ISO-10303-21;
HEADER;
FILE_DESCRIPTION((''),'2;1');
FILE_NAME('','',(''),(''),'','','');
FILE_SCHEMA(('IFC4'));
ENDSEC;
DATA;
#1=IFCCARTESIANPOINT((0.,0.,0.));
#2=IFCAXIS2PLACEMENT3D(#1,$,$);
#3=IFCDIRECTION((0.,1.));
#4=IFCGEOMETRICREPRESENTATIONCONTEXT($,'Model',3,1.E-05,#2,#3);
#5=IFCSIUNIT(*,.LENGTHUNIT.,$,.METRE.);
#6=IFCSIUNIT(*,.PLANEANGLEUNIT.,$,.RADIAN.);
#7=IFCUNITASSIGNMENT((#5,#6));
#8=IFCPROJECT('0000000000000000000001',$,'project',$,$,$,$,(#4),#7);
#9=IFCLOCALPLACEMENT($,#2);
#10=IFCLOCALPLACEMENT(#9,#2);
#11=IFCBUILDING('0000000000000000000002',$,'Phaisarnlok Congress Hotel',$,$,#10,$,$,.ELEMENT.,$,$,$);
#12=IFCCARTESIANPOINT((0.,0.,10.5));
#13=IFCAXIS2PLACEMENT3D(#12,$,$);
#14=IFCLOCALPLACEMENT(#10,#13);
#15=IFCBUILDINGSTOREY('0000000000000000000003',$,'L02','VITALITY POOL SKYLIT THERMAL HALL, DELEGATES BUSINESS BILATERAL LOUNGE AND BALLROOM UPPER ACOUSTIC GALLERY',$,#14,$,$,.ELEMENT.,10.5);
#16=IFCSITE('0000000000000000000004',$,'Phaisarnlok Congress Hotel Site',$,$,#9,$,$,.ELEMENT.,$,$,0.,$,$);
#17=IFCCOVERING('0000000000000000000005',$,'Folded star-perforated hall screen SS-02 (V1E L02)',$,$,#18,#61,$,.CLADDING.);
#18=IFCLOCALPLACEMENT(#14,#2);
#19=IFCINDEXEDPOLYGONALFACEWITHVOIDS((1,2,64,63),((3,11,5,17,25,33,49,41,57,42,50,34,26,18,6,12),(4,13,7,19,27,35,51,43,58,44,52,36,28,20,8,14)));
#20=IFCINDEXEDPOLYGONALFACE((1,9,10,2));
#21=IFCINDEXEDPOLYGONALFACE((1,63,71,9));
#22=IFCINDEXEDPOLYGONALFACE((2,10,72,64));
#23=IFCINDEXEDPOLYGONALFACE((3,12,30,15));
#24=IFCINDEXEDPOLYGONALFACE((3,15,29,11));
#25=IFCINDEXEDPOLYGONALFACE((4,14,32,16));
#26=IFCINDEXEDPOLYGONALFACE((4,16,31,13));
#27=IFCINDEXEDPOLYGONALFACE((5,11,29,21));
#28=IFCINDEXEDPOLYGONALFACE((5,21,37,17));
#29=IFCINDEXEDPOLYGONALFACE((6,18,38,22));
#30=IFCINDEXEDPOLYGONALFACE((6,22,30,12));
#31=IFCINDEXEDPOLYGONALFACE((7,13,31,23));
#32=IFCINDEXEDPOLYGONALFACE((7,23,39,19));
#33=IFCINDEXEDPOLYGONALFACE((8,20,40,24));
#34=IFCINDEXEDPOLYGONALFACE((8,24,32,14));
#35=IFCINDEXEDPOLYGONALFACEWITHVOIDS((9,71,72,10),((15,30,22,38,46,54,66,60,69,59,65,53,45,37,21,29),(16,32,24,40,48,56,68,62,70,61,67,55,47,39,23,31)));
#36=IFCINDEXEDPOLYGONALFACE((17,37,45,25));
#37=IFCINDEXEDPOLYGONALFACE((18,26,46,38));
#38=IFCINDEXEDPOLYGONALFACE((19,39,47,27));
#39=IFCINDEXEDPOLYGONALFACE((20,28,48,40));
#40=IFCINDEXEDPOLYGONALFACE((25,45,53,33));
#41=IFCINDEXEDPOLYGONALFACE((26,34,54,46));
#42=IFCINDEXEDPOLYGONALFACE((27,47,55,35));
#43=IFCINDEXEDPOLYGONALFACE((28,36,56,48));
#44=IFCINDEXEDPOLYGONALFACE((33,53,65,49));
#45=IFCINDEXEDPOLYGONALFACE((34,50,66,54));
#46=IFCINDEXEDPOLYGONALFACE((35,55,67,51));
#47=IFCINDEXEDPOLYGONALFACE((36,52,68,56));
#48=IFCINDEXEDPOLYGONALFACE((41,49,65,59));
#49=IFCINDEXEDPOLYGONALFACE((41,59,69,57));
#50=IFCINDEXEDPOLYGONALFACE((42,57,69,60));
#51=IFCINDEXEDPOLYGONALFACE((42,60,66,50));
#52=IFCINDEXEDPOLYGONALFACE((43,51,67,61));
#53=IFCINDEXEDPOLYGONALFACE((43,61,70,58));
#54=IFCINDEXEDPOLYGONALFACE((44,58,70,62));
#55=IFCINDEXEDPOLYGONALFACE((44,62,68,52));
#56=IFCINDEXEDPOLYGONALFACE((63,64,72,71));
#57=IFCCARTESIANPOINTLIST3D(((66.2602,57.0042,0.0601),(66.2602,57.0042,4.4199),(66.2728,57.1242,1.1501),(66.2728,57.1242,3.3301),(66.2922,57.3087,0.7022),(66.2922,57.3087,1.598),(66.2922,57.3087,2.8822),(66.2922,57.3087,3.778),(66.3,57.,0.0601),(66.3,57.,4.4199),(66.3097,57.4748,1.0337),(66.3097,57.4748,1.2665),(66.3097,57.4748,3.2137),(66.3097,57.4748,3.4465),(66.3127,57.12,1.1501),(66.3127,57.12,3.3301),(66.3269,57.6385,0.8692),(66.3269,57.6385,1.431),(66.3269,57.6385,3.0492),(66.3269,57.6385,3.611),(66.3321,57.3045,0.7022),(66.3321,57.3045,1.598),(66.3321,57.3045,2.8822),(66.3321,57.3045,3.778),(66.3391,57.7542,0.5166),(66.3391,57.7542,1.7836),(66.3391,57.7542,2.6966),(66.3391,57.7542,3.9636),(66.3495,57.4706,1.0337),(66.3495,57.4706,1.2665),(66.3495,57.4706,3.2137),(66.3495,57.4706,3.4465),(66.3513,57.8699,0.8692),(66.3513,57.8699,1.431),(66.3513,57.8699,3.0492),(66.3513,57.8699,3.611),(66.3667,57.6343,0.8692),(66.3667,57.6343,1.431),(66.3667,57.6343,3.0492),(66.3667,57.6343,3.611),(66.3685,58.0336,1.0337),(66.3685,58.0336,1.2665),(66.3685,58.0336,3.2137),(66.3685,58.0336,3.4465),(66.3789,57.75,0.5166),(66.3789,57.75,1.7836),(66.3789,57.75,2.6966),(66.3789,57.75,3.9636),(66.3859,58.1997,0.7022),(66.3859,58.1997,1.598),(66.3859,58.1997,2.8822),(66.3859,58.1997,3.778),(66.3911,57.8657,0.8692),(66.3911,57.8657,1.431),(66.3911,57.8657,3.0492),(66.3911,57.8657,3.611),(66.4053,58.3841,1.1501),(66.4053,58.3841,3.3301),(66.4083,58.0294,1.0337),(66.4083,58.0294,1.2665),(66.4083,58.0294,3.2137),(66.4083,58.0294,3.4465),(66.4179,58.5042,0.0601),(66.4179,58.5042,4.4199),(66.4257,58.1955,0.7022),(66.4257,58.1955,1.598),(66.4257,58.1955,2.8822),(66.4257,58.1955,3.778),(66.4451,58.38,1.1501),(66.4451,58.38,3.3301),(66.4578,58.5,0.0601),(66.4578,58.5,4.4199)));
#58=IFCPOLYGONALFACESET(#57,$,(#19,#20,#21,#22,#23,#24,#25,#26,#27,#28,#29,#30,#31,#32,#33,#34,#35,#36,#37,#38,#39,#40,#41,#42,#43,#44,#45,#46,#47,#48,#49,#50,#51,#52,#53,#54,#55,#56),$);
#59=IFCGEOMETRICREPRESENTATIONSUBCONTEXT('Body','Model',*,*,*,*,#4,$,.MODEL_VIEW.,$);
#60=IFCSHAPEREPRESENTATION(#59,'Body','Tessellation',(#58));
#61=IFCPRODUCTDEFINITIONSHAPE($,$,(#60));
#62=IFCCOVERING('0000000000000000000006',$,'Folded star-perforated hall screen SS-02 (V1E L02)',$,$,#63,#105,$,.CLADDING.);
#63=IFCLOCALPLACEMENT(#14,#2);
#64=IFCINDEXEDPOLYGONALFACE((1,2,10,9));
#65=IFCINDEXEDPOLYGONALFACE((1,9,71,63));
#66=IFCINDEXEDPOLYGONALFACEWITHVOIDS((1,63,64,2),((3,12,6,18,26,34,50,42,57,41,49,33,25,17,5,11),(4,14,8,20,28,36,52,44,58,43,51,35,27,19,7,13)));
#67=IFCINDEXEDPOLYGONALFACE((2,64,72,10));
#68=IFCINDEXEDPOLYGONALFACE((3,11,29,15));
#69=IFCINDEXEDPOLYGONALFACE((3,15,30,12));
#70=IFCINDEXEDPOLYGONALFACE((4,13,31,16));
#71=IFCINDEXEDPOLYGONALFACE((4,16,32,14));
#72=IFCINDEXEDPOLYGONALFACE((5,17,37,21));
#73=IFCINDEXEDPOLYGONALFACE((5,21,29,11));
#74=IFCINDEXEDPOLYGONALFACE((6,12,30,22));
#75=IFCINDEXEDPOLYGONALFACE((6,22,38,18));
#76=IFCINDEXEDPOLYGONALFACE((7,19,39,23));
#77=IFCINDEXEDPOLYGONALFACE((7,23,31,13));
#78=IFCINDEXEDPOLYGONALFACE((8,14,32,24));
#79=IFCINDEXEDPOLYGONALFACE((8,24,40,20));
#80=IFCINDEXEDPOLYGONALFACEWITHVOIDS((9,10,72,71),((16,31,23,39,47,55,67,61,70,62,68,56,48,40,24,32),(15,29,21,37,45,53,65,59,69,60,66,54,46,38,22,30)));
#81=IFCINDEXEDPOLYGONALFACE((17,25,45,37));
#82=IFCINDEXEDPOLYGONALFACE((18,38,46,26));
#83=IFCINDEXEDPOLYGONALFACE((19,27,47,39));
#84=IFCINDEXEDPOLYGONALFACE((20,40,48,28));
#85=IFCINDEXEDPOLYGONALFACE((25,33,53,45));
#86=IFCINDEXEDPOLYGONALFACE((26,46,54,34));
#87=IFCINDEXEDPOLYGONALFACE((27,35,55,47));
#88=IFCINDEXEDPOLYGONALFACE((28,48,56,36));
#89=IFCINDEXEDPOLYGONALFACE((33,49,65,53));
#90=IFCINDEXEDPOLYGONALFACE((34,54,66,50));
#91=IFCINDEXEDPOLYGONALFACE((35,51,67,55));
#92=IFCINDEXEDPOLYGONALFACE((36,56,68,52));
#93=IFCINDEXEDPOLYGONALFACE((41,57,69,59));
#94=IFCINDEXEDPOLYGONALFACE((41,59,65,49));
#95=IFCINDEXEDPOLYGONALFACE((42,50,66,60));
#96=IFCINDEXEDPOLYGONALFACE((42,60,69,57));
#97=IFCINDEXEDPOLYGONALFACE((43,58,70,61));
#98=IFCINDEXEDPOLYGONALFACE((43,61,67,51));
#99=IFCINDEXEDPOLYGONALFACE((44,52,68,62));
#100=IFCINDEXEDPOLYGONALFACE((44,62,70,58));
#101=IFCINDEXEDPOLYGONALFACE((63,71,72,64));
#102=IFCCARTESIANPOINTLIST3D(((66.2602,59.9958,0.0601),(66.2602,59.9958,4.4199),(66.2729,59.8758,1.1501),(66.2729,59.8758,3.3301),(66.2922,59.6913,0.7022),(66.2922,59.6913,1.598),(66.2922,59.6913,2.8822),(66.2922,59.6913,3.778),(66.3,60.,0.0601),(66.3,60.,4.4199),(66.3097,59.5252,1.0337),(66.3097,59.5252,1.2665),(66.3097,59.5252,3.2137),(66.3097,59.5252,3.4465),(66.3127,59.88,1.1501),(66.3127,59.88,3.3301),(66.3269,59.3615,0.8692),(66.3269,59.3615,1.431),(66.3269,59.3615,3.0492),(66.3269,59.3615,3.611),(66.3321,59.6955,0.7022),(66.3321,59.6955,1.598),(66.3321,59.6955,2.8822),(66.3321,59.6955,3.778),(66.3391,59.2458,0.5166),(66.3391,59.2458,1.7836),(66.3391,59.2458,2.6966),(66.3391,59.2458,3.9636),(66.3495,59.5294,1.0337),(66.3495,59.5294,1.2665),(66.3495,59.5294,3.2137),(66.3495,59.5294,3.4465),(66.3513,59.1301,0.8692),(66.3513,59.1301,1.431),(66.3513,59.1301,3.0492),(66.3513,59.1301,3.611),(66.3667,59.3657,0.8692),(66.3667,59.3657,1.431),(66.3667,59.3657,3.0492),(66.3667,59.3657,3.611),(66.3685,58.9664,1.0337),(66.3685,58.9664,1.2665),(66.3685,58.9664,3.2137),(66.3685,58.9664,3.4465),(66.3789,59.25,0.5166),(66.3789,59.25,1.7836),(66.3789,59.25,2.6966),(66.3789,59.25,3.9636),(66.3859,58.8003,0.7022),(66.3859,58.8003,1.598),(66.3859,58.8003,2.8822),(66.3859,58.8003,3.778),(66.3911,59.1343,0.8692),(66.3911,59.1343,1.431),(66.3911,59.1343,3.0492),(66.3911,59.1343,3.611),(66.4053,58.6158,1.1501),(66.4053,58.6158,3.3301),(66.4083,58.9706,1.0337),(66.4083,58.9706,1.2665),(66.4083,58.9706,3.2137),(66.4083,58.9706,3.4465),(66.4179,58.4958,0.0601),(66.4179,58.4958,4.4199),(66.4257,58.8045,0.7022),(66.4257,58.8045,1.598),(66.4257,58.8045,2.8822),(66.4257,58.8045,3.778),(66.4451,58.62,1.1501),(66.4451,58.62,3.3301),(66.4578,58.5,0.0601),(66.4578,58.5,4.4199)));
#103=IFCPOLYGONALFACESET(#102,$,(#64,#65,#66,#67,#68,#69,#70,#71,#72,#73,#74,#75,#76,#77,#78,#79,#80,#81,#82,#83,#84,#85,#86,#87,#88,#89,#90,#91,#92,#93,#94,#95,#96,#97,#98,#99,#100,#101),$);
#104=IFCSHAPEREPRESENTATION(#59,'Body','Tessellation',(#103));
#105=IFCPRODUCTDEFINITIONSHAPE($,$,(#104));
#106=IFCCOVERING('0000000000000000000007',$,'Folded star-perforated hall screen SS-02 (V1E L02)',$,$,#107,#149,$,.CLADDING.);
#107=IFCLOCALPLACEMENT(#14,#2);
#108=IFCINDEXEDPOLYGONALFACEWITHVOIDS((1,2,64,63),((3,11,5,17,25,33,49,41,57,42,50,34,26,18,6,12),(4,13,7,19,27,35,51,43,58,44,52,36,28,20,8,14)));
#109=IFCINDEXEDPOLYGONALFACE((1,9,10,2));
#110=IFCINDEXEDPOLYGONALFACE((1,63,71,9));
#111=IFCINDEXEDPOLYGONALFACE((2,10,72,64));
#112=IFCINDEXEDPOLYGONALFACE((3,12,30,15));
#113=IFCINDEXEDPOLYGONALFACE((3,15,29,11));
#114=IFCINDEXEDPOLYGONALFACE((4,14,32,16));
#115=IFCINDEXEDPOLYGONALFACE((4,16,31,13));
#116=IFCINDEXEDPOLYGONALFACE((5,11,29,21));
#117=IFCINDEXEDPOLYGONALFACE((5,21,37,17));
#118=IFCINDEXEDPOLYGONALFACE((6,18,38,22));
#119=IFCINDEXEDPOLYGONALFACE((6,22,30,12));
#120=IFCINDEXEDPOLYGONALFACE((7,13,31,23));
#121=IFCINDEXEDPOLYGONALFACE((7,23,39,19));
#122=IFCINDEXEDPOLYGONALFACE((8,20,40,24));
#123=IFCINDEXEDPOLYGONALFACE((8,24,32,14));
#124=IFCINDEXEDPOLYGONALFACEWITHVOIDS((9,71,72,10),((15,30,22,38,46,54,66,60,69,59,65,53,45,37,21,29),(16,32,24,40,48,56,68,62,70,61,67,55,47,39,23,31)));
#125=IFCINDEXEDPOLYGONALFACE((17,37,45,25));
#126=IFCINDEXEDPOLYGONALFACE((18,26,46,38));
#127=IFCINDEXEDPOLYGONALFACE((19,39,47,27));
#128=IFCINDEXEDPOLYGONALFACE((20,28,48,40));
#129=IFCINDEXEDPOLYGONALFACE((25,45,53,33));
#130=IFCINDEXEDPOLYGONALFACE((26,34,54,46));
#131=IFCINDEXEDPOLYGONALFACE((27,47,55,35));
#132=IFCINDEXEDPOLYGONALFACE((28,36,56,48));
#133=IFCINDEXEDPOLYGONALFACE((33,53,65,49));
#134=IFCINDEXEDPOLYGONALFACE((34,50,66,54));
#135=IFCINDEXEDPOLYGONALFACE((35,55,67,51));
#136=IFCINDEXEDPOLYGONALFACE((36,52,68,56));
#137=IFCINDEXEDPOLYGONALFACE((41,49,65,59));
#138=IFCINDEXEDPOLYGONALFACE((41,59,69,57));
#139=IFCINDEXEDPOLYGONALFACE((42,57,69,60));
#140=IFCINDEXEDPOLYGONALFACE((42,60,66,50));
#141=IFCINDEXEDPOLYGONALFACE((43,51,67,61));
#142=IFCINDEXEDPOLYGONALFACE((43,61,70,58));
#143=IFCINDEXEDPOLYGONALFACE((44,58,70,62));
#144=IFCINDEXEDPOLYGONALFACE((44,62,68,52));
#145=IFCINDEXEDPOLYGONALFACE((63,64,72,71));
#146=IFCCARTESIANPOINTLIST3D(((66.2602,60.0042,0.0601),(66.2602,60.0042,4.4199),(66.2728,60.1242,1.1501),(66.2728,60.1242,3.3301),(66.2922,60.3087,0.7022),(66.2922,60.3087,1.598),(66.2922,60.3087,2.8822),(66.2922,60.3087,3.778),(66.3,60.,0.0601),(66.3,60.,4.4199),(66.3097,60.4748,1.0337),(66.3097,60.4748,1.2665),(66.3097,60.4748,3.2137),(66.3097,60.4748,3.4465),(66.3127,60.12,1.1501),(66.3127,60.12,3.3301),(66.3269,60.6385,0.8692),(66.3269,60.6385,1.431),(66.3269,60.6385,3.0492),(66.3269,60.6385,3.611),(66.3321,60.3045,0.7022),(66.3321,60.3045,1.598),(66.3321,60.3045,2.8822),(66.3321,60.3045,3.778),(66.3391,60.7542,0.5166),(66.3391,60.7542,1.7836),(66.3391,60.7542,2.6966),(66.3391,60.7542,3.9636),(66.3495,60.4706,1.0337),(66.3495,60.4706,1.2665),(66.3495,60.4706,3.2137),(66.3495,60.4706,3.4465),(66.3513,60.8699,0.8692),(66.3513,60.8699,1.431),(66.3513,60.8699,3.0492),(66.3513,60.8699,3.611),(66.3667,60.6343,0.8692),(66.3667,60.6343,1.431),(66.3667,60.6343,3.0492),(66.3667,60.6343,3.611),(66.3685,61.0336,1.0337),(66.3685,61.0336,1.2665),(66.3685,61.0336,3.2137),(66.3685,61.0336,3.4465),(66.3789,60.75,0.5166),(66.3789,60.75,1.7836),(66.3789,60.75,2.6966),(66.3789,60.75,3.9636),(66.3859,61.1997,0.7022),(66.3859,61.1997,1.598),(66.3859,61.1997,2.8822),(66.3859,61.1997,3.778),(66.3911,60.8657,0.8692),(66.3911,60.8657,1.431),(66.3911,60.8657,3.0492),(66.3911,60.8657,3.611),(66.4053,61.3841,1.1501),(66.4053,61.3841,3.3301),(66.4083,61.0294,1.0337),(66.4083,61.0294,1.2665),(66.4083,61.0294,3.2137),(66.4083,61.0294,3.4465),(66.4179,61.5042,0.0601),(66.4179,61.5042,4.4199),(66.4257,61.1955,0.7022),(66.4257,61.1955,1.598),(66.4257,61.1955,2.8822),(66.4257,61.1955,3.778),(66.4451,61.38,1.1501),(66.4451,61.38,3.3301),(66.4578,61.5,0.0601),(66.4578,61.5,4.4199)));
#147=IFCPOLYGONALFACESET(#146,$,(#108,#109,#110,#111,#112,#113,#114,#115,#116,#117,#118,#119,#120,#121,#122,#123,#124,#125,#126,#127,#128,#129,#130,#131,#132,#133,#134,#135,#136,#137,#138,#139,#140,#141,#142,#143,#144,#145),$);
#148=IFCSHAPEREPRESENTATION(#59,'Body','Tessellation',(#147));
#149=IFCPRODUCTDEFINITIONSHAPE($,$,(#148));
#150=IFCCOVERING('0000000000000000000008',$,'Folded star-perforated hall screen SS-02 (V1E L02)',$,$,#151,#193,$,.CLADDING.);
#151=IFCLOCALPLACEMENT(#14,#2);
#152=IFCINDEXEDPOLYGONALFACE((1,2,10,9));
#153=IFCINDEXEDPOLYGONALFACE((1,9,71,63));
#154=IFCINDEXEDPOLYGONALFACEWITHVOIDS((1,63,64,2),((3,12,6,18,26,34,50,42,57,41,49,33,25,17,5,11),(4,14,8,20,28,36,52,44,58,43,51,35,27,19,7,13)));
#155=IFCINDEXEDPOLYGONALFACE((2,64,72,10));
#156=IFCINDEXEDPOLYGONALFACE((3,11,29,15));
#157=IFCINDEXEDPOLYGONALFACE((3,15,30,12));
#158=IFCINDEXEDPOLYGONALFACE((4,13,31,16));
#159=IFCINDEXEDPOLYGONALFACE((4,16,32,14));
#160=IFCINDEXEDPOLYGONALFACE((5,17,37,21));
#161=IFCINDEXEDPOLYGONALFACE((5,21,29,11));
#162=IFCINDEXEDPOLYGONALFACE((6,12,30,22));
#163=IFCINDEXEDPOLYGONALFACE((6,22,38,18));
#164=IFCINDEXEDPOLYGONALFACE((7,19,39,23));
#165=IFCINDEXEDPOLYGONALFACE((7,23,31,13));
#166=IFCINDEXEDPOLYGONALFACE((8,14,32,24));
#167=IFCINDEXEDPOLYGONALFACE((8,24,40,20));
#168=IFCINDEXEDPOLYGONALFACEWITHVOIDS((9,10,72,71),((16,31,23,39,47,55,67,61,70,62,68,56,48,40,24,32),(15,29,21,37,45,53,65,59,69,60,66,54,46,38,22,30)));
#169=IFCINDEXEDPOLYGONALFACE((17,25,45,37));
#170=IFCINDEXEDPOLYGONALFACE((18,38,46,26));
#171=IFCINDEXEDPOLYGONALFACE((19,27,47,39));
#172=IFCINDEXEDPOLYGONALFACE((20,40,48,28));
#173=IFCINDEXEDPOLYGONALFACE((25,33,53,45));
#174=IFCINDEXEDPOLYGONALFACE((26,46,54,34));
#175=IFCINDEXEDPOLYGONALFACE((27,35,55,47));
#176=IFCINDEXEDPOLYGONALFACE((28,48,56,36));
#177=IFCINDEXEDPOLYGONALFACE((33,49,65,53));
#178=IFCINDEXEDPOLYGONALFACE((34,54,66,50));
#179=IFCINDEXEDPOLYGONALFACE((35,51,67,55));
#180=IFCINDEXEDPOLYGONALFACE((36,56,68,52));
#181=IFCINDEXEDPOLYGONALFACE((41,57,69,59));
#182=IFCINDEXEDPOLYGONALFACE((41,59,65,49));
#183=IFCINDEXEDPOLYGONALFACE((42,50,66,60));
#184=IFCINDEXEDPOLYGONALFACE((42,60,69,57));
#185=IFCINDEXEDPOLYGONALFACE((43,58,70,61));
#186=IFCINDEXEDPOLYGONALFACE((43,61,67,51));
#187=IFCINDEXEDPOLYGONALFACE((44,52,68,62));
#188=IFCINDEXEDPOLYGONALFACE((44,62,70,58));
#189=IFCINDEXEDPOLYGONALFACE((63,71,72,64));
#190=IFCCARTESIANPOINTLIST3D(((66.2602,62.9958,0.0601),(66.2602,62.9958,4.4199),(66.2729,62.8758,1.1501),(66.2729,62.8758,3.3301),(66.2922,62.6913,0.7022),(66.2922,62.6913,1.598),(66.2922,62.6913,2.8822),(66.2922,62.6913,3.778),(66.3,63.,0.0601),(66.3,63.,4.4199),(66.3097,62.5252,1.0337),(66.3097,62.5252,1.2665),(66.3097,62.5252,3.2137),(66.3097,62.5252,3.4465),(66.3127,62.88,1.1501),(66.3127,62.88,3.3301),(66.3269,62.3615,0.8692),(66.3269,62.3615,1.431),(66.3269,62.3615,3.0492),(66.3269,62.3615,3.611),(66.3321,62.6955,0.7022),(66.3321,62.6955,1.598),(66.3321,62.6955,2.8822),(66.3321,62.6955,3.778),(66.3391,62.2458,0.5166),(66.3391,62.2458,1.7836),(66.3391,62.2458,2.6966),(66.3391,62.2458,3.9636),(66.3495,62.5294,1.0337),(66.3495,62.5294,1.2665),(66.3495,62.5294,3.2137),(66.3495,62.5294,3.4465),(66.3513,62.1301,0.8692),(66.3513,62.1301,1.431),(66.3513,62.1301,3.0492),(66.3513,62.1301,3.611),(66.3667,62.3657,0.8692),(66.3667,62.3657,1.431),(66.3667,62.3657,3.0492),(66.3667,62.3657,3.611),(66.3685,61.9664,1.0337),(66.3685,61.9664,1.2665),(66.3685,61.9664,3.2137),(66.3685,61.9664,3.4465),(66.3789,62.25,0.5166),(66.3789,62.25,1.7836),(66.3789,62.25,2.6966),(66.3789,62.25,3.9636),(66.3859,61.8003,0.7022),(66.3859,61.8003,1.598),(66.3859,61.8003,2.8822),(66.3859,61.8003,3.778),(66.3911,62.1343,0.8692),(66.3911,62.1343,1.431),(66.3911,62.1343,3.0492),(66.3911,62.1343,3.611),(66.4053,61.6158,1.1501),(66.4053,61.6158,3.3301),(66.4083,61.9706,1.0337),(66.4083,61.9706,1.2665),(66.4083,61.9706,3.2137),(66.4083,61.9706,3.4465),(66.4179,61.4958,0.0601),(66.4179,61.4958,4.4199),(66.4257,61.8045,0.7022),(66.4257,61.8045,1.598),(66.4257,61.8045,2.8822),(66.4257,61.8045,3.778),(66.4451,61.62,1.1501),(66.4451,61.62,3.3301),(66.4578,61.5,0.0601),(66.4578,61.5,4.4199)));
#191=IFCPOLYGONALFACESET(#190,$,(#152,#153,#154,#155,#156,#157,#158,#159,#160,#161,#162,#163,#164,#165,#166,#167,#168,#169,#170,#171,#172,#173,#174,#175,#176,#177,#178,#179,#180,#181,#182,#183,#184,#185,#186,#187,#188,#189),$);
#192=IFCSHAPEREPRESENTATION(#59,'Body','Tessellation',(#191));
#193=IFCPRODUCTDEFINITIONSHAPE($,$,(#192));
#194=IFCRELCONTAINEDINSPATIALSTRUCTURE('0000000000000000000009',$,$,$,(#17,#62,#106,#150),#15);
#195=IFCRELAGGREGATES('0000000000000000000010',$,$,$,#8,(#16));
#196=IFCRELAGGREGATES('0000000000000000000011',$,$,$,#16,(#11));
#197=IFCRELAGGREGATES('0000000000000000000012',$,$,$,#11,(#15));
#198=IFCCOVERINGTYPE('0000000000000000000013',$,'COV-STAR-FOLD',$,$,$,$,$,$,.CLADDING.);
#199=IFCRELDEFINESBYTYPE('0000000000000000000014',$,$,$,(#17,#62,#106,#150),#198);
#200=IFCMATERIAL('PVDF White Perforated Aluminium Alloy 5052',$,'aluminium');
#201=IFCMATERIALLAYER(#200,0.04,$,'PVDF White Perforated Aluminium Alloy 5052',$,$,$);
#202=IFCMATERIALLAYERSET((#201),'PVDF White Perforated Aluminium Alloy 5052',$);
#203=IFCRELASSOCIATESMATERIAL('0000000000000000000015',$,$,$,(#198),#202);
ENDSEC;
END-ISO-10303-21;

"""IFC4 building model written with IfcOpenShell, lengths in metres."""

from ifc_helpers import new_model, si_unit, direction, frame, origin, place, context, subcontext, project, spatial, polyline, outline, extrude, material, layer, layer_set, type_object, element, save


model = new_model("IFC4")

# Units and contexts
model_context = context("Model", 3, precision=1e-05, world=origin(), true_north=direction((0.0, 1.0)))
body_context = subcontext(model_context, "Body", "Model", "MODEL_VIEW")
ifc_project = project(units=[si_unit("LENGTHUNIT", "METRE"), si_unit("PLANEANGLEUNIT", "RADIAN")], contexts=[model_context])

# Site, building, storey
site_placement = place(None, origin())
site = spatial("IfcSite", under=ifc_project, at=site_placement, Name="Phaisarnlok Congress Hotel Site", CompositionType="ELEMENT", RefElevation=0.0)
building_placement = place(site_placement, origin())
building = spatial("IfcBuilding", under=site, at=building_placement, Name="Phaisarnlok Congress Hotel", CompositionType="ELEMENT")
storey_placement = place(building_placement, frame((0.0, 0.0, 10.5)))
storey = spatial("IfcBuildingStorey", under=building, at=storey_placement, Name="L02", Description="VITALITY POOL SKYLIT THERMAL HALL, DELEGATES BUSINESS BILATERAL LOUNGE AND BALLROOM UPPER ACOUSTIC GALLERY", CompositionType="ELEMENT", Elevation=10.5)

# Coverings
ifc_material_1 = material(Name="PVDF White Perforated Aluminium Alloy 5052", Category="aluminium")
ifc_layer_1 = layer(ifc_material_1, 0.04, Name="PVDF White Perforated Aluminium Alloy 5052")
ifc_layer_set_1 = layer_set([ifc_layer_1], Name="PVDF White Perforated Aluminium Alloy 5052")
covering_type = type_object("IfcCoveringType", Name="COV-STAR-FOLD", PredefinedType="CLADDING", material=ifc_layer_set_1)
for number, where, z_axis, x_axis, name in (
    (1, (66.4578, 58.5, 0.0601), (-0.994518, 0.104567, 0.0), (-0.104567, -0.994518, 0.0), "Folded star-perforated hall screen SS-02 (V1E L02)"),
    (2, (66.3, 60.0, 0.0601), (-0.994518, -0.104567, 0.0), (0.104567, -0.994518, 0.0), "Folded star-perforated hall screen SS-02 (V1E L02)"),
    (3, (66.4578, 61.5, 0.0601), (-0.994518, 0.104567, 0.0), (-0.104567, -0.994518, 0.0), "Folded star-perforated hall screen SS-02 (V1E L02)"),
    (4, (66.3, 63.0, 0.0601), (-0.994518, -0.104567, 0.0), (0.104567, -0.994518, 0.0), "Folded star-perforated hall screen SS-02 (V1E L02)"),
):
    element("IfcCovering", number, at=place(storey_placement, frame(where, z_axis=z_axis, x_axis=x_axis)), inside=storey, type_object=covering_type, Name=name, PredefinedType="CLADDING", context=body_context, shape_type="SweptSolid", body=[
        extrude(outline(polyline([(0.0, 0.0), (1.5083, 0.0), (1.5083, 4.3599), (0.0, 4.3599), (0.0, 0.0)]), holes=[polyline([(1.0351, 0.9736), (1.2021, 0.6421), (0.8705, 0.8091), (0.7541, 0.4565), (0.6378, 0.8091), (0.3062, 0.6421), (0.4732, 0.9736), (0.1207, 1.09), (0.4732, 1.2064), (0.3062, 1.5379), (0.6378, 1.3709), (0.7541, 1.7235), (0.8705, 1.3709), (1.2021, 1.5379), (1.0351, 1.2064), (1.3876, 1.09), (1.0351, 0.9736)]), polyline([(1.0351, 3.1536), (1.2021, 2.8221), (0.8705, 2.9891), (0.7541, 2.6365), (0.6378, 2.9891), (0.3062, 2.8221), (0.4732, 3.1536), (0.1207, 3.27), (0.4732, 3.3864), (0.3062, 3.7179), (0.6378, 3.5509), (0.7541, 3.9035), (0.8705, 3.5509), (1.2021, 3.7179), (1.0351, 3.3864), (1.3876, 3.27), (1.0351, 3.1536)])]), origin(), (0.0, 0.0, 1.0), 0.04),
    ])

save(model, "model.ifc")
